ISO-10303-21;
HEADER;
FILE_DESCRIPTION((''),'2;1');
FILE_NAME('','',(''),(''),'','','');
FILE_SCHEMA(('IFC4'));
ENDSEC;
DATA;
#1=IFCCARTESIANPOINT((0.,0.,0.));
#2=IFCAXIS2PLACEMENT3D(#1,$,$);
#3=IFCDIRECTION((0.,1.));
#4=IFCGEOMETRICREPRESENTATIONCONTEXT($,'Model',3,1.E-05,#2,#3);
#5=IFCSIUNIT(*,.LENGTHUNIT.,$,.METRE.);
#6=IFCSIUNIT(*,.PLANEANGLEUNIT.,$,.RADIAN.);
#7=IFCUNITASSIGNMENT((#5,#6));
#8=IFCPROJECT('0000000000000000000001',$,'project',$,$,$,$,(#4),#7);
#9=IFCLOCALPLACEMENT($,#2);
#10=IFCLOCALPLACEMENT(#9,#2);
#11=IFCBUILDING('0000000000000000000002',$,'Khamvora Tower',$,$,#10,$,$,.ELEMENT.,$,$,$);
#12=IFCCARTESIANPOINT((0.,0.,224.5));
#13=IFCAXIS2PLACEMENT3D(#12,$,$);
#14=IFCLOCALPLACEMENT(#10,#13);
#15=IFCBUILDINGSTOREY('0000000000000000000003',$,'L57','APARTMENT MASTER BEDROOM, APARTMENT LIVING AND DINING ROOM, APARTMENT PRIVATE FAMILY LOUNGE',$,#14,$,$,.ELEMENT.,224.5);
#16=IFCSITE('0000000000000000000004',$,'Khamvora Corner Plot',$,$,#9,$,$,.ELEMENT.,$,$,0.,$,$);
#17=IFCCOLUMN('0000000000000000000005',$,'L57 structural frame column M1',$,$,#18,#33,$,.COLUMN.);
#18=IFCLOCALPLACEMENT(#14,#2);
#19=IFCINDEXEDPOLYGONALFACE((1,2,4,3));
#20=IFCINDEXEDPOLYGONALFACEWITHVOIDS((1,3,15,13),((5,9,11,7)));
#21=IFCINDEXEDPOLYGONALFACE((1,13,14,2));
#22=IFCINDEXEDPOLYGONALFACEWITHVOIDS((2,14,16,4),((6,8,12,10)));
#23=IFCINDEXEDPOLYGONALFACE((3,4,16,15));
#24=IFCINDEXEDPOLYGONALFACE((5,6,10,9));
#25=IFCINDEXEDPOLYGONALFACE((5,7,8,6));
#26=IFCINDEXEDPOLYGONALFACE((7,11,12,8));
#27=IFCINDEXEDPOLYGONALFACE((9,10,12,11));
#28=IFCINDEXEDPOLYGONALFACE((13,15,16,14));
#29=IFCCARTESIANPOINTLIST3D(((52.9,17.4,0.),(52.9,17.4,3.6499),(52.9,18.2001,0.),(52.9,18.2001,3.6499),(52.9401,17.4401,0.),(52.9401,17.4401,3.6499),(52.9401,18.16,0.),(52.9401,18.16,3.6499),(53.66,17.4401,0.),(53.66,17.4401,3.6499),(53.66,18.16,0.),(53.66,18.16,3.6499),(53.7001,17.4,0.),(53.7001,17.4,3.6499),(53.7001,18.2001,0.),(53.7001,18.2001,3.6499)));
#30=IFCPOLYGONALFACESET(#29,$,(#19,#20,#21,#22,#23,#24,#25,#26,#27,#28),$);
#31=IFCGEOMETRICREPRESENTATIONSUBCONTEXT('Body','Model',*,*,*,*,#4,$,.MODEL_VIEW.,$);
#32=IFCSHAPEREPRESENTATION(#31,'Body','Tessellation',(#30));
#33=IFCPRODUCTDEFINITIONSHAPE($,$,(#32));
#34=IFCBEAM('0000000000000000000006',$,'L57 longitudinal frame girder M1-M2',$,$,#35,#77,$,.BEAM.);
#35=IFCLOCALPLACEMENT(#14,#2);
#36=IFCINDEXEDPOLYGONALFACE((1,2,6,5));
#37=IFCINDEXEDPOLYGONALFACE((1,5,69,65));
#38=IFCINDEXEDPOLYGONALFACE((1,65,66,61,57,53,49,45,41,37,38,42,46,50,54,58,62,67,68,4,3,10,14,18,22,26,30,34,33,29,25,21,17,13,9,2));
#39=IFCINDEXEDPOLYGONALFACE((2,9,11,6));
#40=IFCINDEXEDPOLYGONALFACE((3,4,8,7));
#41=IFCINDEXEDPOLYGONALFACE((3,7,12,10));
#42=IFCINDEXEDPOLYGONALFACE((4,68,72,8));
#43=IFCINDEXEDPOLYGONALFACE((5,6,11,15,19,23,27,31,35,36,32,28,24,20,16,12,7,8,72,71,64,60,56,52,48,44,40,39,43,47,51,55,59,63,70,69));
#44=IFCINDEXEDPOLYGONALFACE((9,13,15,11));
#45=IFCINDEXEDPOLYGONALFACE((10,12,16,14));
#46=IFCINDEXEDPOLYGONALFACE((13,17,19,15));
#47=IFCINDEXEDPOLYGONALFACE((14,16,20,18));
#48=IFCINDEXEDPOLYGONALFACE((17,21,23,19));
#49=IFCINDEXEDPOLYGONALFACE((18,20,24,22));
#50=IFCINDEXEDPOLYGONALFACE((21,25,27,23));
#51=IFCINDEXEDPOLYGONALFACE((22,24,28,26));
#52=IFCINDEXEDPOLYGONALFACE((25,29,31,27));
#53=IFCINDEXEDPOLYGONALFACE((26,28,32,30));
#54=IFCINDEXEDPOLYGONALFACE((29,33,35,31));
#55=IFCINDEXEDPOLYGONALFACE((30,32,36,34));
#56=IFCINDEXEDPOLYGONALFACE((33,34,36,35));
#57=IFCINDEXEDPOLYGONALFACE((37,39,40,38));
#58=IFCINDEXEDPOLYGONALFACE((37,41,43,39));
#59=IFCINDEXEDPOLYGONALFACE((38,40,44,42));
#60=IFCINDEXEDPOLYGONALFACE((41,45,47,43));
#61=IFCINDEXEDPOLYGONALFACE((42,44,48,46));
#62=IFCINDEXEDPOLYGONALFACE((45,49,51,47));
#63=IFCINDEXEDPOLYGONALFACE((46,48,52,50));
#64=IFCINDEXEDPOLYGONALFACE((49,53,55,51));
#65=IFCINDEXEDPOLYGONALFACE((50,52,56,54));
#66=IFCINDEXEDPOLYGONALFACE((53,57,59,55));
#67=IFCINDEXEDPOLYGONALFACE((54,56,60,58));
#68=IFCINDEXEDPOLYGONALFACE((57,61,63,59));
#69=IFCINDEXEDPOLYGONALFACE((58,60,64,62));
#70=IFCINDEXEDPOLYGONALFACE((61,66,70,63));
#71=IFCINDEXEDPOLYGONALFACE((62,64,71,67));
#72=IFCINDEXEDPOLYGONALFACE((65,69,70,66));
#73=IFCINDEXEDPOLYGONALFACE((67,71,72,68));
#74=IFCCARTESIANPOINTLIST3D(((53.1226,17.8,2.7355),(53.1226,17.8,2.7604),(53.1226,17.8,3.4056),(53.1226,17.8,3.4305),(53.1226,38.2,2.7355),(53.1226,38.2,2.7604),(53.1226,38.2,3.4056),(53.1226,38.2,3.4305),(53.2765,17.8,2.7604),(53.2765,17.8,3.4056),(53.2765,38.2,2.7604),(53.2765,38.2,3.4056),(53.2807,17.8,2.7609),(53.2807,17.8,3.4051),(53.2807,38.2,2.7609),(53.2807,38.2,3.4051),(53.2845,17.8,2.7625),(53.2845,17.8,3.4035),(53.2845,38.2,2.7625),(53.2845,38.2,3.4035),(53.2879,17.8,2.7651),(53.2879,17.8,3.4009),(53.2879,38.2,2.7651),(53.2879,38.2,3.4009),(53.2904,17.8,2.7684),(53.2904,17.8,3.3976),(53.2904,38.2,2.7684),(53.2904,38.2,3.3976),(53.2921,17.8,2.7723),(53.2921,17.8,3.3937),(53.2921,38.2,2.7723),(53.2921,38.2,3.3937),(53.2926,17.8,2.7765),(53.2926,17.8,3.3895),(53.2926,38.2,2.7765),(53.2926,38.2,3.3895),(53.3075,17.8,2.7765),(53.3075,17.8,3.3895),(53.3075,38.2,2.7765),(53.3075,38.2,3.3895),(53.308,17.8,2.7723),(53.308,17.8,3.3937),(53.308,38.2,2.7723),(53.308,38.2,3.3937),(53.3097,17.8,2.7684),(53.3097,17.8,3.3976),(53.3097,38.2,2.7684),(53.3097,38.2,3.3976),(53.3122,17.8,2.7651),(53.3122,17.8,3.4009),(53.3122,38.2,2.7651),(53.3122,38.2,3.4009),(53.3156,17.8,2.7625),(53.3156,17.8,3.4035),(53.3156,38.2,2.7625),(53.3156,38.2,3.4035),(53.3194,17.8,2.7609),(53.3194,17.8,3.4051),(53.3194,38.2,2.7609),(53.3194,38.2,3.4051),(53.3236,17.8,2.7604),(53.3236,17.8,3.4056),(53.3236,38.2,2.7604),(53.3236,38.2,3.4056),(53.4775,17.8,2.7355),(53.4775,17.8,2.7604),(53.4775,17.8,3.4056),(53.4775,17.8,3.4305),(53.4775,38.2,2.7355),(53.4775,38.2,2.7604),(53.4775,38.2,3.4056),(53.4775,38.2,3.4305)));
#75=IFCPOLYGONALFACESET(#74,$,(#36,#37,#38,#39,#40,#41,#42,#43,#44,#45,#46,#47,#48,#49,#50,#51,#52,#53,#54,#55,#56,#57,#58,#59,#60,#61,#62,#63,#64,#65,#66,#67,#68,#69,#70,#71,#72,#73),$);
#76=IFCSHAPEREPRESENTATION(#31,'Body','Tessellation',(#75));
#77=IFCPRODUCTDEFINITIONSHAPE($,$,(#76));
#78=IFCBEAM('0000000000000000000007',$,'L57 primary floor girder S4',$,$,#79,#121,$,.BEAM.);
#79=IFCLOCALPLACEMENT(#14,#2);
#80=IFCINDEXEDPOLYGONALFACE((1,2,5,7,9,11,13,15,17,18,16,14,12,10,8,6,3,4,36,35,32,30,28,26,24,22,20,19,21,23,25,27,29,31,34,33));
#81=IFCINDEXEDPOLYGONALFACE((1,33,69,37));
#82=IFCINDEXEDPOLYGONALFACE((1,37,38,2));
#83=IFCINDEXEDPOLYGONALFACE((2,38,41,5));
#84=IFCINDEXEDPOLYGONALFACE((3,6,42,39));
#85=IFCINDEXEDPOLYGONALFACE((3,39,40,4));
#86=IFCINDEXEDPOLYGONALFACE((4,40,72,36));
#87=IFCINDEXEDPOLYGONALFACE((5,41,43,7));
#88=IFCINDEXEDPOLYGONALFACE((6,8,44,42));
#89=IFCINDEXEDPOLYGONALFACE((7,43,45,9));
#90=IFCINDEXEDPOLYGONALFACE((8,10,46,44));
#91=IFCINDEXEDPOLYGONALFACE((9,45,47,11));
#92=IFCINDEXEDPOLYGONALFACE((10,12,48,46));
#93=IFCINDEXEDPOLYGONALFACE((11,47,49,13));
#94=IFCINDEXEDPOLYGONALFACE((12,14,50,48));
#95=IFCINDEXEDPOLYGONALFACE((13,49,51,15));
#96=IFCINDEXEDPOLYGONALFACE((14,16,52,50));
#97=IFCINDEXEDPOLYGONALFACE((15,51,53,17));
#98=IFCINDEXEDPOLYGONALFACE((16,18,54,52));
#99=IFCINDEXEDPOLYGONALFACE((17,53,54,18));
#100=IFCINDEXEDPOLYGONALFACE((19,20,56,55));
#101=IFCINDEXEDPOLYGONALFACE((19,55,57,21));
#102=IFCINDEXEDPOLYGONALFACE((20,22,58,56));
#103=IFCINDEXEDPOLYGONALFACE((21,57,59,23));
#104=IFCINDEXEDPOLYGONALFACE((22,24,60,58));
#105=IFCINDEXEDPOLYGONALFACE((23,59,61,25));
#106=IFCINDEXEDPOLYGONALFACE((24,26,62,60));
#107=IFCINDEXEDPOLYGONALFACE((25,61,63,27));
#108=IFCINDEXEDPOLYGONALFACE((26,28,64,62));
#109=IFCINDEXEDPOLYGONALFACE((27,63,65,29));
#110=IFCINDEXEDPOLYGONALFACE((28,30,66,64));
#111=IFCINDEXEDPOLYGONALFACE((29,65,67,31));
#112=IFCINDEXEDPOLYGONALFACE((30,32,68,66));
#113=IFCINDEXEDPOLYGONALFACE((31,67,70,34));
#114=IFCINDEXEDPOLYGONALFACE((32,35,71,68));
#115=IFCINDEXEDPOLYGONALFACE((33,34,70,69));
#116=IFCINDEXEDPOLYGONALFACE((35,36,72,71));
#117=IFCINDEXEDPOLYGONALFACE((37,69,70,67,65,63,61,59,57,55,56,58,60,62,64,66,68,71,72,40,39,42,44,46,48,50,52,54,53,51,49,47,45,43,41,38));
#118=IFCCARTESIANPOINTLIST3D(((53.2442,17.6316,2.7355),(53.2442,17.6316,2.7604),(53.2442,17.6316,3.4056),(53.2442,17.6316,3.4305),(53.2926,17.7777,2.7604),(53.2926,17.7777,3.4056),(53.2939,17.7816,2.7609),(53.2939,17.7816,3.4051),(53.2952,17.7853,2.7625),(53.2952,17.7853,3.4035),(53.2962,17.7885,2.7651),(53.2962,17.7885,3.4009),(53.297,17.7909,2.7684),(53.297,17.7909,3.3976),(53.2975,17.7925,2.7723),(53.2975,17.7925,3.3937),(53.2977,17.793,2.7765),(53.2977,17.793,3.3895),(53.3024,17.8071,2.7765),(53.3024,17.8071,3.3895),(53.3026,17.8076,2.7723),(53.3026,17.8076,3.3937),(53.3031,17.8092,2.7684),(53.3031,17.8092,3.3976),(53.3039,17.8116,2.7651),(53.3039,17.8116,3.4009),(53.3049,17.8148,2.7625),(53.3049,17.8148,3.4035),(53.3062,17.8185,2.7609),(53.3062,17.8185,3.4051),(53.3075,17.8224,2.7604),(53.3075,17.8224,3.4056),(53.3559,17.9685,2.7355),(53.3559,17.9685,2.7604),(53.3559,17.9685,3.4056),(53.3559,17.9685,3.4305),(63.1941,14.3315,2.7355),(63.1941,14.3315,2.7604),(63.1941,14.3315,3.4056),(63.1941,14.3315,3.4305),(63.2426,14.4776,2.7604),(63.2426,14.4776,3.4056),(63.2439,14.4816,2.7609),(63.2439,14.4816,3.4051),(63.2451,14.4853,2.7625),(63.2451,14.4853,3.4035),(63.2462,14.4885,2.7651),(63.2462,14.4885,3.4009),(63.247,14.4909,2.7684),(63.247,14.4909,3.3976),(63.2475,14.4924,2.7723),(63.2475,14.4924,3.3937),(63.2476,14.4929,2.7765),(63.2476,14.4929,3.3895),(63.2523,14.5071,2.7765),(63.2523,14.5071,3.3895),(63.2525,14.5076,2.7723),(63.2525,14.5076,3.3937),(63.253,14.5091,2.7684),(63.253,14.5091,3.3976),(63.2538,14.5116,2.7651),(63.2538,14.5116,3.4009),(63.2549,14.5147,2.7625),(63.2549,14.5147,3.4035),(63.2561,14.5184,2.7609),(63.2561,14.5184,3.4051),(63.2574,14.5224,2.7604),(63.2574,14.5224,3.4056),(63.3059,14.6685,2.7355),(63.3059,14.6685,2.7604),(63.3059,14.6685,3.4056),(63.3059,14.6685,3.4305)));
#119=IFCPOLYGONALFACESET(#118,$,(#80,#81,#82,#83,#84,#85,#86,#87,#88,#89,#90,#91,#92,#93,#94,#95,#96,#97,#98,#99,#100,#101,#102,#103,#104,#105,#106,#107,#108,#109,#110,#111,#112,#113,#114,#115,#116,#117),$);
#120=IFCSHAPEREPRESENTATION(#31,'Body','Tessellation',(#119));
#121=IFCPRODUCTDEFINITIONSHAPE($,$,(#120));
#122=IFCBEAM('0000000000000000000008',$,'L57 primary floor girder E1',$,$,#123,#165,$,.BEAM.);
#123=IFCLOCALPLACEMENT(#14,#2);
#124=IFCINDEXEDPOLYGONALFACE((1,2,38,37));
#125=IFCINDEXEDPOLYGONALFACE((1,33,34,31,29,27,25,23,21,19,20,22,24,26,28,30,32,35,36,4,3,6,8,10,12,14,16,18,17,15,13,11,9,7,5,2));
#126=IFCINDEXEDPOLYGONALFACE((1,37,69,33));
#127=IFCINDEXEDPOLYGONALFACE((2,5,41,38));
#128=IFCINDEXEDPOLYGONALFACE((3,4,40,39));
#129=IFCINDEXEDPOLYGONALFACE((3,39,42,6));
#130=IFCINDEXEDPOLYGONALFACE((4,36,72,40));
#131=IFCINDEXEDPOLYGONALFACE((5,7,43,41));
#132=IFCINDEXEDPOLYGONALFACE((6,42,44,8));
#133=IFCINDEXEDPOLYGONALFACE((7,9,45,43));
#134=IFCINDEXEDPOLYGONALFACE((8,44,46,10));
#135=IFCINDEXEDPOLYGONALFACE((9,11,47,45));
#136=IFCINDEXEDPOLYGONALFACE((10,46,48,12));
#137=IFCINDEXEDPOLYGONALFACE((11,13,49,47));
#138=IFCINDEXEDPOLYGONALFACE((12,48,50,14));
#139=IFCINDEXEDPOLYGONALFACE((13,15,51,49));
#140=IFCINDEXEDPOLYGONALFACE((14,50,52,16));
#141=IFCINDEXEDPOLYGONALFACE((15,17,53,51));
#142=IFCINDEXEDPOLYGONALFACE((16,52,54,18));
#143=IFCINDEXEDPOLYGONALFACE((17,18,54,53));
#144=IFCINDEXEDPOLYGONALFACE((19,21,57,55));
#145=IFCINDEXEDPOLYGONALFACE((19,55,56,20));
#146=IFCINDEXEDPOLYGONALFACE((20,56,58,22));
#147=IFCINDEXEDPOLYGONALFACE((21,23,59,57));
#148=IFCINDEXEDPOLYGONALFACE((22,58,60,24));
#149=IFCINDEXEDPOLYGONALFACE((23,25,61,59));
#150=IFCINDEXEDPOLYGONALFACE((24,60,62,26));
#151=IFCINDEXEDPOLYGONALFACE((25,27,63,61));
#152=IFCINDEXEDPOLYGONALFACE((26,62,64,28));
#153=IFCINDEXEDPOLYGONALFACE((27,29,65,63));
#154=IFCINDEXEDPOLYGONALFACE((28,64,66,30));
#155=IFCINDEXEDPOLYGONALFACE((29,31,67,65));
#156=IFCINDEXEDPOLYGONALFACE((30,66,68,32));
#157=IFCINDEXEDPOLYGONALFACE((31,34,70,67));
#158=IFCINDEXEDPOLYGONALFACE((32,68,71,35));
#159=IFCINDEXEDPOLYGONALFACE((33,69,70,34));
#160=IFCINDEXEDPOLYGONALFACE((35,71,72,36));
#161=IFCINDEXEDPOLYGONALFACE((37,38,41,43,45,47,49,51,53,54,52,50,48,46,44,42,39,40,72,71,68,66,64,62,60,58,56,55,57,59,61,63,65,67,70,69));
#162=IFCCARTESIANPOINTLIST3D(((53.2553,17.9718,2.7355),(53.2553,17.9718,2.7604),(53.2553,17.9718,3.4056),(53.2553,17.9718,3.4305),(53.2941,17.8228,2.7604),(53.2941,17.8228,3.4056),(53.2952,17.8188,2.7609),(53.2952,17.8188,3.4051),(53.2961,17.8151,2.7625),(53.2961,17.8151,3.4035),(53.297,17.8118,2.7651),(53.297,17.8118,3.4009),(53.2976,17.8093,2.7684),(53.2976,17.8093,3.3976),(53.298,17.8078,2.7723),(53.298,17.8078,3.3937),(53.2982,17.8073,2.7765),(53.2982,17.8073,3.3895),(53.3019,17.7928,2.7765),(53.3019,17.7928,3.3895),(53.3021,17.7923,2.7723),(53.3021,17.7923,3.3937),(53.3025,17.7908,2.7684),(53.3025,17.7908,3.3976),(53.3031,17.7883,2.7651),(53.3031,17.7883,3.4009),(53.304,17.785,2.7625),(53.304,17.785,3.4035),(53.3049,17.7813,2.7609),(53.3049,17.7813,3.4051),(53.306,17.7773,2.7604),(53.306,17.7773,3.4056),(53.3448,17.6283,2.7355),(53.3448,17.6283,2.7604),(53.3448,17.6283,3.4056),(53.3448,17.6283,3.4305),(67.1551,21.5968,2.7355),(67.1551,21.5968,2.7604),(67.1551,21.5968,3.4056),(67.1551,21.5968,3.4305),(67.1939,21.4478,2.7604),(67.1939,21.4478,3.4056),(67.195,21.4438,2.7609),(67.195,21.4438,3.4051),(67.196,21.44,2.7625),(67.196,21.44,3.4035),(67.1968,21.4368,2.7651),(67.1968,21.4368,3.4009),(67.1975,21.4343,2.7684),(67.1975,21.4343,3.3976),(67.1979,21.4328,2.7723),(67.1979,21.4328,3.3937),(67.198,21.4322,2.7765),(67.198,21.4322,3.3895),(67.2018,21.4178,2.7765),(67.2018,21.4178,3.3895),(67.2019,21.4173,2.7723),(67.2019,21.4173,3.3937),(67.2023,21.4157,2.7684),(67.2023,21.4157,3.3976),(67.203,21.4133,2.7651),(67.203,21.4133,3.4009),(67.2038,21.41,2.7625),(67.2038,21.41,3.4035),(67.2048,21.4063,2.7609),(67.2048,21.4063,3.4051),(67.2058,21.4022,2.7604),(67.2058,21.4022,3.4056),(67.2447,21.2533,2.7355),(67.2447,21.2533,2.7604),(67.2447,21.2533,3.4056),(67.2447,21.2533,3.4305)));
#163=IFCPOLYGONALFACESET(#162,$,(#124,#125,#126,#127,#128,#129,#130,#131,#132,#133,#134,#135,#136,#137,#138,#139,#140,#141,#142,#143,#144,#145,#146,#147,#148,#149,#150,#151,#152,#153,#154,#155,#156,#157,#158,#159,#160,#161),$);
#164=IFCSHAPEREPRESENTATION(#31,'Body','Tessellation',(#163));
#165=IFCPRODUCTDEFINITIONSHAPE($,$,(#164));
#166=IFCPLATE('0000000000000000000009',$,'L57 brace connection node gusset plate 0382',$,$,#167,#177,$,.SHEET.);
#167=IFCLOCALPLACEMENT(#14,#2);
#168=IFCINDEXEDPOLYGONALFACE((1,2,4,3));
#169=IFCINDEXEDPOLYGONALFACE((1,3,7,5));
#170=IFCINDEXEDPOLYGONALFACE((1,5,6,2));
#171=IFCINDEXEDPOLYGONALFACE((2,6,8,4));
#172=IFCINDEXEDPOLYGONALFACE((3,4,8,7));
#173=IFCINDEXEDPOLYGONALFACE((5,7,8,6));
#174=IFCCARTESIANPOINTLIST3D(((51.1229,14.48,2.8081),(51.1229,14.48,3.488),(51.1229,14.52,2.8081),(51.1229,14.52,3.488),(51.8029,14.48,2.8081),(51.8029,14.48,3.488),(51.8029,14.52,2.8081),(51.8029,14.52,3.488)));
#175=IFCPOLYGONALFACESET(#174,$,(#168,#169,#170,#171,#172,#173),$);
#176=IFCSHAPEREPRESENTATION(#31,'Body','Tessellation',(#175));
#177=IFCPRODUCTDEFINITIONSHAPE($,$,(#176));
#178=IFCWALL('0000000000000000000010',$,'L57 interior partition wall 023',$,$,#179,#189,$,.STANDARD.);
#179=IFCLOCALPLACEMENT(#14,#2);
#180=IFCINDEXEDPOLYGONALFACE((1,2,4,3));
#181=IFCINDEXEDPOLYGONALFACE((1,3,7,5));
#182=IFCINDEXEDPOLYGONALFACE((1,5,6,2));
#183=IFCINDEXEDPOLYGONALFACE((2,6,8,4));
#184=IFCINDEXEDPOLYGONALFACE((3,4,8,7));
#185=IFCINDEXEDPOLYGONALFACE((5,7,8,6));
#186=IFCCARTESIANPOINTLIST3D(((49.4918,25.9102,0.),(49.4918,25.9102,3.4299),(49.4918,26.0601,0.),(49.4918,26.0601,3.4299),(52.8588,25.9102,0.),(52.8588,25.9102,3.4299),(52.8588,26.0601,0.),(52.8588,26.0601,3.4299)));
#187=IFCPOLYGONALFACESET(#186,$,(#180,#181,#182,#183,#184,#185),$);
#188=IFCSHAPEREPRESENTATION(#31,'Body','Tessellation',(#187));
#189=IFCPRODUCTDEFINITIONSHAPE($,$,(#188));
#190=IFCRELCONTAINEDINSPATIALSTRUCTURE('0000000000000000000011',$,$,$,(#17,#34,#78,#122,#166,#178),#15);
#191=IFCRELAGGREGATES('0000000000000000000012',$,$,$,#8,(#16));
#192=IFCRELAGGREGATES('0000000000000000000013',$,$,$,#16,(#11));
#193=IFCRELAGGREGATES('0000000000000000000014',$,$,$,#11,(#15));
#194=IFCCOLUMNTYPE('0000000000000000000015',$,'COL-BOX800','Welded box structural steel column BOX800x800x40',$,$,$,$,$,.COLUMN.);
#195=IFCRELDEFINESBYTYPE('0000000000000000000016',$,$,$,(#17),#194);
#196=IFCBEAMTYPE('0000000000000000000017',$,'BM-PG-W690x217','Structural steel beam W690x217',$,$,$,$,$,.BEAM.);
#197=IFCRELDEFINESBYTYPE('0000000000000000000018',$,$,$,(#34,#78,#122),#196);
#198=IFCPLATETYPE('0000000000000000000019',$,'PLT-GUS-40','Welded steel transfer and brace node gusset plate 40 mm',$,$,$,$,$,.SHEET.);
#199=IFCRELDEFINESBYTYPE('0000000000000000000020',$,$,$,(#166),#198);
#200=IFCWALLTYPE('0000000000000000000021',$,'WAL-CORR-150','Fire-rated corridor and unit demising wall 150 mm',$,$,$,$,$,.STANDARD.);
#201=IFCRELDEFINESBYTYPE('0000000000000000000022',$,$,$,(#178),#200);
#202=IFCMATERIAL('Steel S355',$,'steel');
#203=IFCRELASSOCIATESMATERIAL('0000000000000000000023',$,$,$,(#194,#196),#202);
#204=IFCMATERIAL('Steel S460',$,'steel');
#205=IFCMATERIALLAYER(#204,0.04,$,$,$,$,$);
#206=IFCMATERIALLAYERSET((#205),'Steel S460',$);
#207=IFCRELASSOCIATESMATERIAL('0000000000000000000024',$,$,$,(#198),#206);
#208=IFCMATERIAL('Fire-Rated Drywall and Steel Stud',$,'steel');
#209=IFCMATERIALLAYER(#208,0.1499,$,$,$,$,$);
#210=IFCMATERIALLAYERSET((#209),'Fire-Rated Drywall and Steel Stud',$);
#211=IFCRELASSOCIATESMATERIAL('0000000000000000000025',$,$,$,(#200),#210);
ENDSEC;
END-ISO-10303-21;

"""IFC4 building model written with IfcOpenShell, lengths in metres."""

from ifc_helpers import new_model, si_unit, direction, frame, frame_2d, origin, origin_2d, place, context, subcontext, project, spatial, rectangle, hollow_rectangle, i_section, extrude, material, layer, layer_set, material_profile, profile_set, type_object, element, save


model = new_model("IFC4")

# Units and contexts
model_context = context("Model", 3, precision=1e-05, world=origin(), true_north=direction((0.0, 1.0)))
body_context = subcontext(model_context, "Body", "Model", "MODEL_VIEW")
ifc_project = project(units=[si_unit("LENGTHUNIT", "METRE"), si_unit("PLANEANGLEUNIT", "RADIAN")], contexts=[model_context])

# Site, building, storey
site_placement = place(None, origin())
site = spatial("IfcSite", under=ifc_project, at=site_placement, Name="Khamvora Corner Plot", CompositionType="ELEMENT", RefElevation=0.0)
building_placement = place(site_placement, origin())
building = spatial("IfcBuilding", under=site, at=building_placement, Name="Khamvora Tower", CompositionType="ELEMENT")
storey_placement = place(building_placement, frame((0.0, 0.0, 224.5)))
storey = spatial("IfcBuildingStorey", under=building, at=storey_placement, Name="L57", Description="APARTMENT MASTER BEDROOM, APARTMENT LIVING AND DINING ROOM, APARTMENT PRIVATE FAMILY LOUNGE", CompositionType="ELEMENT", Elevation=224.5)

# Column
ifc_material_1 = material(Name="Steel S355", Category="steel")
ifc_material_profile_1 = material_profile(ifc_material_1, hollow_rectangle(XDim=0.8, YDim=0.8, WallThickness=0.04, at=origin_2d()), Name="BOX800x800x40")
ifc_profile_set_1 = profile_set([ifc_material_profile_1], Name="Steel S355")
column_type = type_object("IfcColumnType", Name="COL-BOX800", Description="Welded box structural steel column BOX800x800x40", PredefinedType="COLUMN", material=ifc_profile_set_1)
column_placement = place(storey_placement, frame((53.3, 17.8, 0.0), z_axis=(0.0, 0.0, 1.0), x_axis=(1.0, 0.0, 0.0)))
element("IfcColumn", 1, at=column_placement, inside=storey, type_object=column_type, Name="L57 structural frame column M1", PredefinedType="COLUMN", context=body_context, shape_type="SweptSolid", body=[
    extrude(hollow_rectangle(XDim=0.8, YDim=0.8, WallThickness=0.04, at=origin_2d()), origin(), (0.0, 0.0, 1.0), 3.6499),
])

# Beams
ifc_material_profile_2 = material_profile(ifc_material_1, i_section(OverallWidth=0.355, OverallDepth=0.6951, WebThickness=0.0149, FlangeThickness=0.0249, FilletRadius=0.0161, at=origin_2d()), Name="W690x217")
ifc_profile_set_2 = profile_set([ifc_material_profile_2], Name="Steel S355")
beam_type = type_object("IfcBeamType", Name="BM-PG-W690x217", Description="Structural steel beam W690x217", PredefinedType="BEAM", material=ifc_profile_set_2)
beam_1_placement = place(storey_placement, frame((53.3, 17.8, 3.083), z_axis=(0.0, 1.0, 0.0), x_axis=(-1.0, 0.0, 0.0)))
element("IfcBeam", 2, at=beam_1_placement, inside=storey, type_object=beam_type, Name="L57 longitudinal frame girder M1-M2", PredefinedType="BEAM", context=body_context, shape_type="SweptSolid", body=[
    extrude(i_section(OverallWidth=0.355, OverallDepth=0.6951, WebThickness=0.0149, FlangeThickness=0.0249, FilletRadius=0.0161, at=origin_2d()), origin(), (0.0, 0.0, 1.0), 20.3999),
])
beam_2_placement = place(storey_placement, frame((53.3, 17.8, 3.083), z_axis=(0.949157, -0.314802, 0.0), x_axis=(0.314802, 0.949157, 0.0)))
element("IfcBeam", 3, at=beam_2_placement, inside=storey, type_object=beam_type, Name="L57 primary floor girder S4", PredefinedType="BEAM", context=body_context, shape_type="SweptSolid", body=[
    extrude(i_section(OverallWidth=0.355, OverallDepth=0.6951, WebThickness=0.0149, FlangeThickness=0.0249, FilletRadius=0.0161, at=origin_2d()), origin(), (0.0, 0.0, 1.0), 10.4829),
])
beam_3_placement = place(storey_placement, frame((53.3, 17.8, 3.083), z_axis=(0.967635, 0.252353, 0.0), x_axis=(-0.252353, 0.967635, 0.0)))
element("IfcBeam", 4, at=beam_3_placement, inside=storey, type_object=beam_type, Name="L57 primary floor girder E1", PredefinedType="BEAM", context=body_context, shape_type="SweptSolid", body=[
    extrude(i_section(OverallWidth=0.355, OverallDepth=0.6951, WebThickness=0.0149, FlangeThickness=0.0249, FilletRadius=0.0161, at=origin_2d()), origin(), (0.0, 0.0, 1.0), 14.3647),
])

# Plate
ifc_material_2 = material(Name="Steel S460", Category="steel")
ifc_layer_1 = layer(ifc_material_2, 0.04)
ifc_layer_set_1 = layer_set([ifc_layer_1], Name="Steel S460")
plate_type = type_object("IfcPlateType", Name="PLT-GUS-40", Description="Welded steel transfer and brace node gusset plate 40 mm", PredefinedType="SHEET", material=ifc_layer_set_1)
plate_placement = place(storey_placement, frame((51.4629, 14.5, 2.8081), z_axis=(0.0, 0.0, 1.0), x_axis=(1.0, 0.0, 0.0)))
element("IfcPlate", 5, at=plate_placement, inside=storey, type_object=plate_type, Name="L57 brace connection node gusset plate 0382", PredefinedType="SHEET", context=body_context, shape_type="SweptSolid", body=[
    extrude(rectangle(XDim=0.6799, YDim=0.04, at=origin_2d()), origin(), (0.0, 0.0, 1.0), 0.6799),
])

# Shared definitions
ifc_material_3 = material(Name="Fire-Rated Drywall and Steel Stud", Category="steel")
ifc_layer_2 = layer(ifc_material_3, 0.1499)
ifc_layer_set_2 = layer_set([ifc_layer_2], Name="Fire-Rated Drywall and Steel Stud")
wall_type_1 = type_object("IfcWallType", Name="WAL-CORR-150", Description="Fire-rated corridor and unit demising wall 150 mm", PredefinedType="STANDARD", material=ifc_layer_set_2)

# Wall
wall_1_placement = place(storey_placement, frame((52.8589, 25.9851, 0.0), z_axis=(0.0, 0.0, 1.0), x_axis=(-1.0, 0.0, 0.0)))
element("IfcWall", 6, at=wall_1_placement, inside=storey, type_object=wall_type_1, Name="L57 interior partition wall 023", PredefinedType="STANDARD", context=body_context, shape_type="SweptSolid", body=[
    extrude(rectangle(XDim=3.3669, YDim=0.1499, at=frame_2d((1.6836, 0.0))), origin(), (0.0, 0.0, 1.0), 3.4299),
])

save(model, "model.ifc")
